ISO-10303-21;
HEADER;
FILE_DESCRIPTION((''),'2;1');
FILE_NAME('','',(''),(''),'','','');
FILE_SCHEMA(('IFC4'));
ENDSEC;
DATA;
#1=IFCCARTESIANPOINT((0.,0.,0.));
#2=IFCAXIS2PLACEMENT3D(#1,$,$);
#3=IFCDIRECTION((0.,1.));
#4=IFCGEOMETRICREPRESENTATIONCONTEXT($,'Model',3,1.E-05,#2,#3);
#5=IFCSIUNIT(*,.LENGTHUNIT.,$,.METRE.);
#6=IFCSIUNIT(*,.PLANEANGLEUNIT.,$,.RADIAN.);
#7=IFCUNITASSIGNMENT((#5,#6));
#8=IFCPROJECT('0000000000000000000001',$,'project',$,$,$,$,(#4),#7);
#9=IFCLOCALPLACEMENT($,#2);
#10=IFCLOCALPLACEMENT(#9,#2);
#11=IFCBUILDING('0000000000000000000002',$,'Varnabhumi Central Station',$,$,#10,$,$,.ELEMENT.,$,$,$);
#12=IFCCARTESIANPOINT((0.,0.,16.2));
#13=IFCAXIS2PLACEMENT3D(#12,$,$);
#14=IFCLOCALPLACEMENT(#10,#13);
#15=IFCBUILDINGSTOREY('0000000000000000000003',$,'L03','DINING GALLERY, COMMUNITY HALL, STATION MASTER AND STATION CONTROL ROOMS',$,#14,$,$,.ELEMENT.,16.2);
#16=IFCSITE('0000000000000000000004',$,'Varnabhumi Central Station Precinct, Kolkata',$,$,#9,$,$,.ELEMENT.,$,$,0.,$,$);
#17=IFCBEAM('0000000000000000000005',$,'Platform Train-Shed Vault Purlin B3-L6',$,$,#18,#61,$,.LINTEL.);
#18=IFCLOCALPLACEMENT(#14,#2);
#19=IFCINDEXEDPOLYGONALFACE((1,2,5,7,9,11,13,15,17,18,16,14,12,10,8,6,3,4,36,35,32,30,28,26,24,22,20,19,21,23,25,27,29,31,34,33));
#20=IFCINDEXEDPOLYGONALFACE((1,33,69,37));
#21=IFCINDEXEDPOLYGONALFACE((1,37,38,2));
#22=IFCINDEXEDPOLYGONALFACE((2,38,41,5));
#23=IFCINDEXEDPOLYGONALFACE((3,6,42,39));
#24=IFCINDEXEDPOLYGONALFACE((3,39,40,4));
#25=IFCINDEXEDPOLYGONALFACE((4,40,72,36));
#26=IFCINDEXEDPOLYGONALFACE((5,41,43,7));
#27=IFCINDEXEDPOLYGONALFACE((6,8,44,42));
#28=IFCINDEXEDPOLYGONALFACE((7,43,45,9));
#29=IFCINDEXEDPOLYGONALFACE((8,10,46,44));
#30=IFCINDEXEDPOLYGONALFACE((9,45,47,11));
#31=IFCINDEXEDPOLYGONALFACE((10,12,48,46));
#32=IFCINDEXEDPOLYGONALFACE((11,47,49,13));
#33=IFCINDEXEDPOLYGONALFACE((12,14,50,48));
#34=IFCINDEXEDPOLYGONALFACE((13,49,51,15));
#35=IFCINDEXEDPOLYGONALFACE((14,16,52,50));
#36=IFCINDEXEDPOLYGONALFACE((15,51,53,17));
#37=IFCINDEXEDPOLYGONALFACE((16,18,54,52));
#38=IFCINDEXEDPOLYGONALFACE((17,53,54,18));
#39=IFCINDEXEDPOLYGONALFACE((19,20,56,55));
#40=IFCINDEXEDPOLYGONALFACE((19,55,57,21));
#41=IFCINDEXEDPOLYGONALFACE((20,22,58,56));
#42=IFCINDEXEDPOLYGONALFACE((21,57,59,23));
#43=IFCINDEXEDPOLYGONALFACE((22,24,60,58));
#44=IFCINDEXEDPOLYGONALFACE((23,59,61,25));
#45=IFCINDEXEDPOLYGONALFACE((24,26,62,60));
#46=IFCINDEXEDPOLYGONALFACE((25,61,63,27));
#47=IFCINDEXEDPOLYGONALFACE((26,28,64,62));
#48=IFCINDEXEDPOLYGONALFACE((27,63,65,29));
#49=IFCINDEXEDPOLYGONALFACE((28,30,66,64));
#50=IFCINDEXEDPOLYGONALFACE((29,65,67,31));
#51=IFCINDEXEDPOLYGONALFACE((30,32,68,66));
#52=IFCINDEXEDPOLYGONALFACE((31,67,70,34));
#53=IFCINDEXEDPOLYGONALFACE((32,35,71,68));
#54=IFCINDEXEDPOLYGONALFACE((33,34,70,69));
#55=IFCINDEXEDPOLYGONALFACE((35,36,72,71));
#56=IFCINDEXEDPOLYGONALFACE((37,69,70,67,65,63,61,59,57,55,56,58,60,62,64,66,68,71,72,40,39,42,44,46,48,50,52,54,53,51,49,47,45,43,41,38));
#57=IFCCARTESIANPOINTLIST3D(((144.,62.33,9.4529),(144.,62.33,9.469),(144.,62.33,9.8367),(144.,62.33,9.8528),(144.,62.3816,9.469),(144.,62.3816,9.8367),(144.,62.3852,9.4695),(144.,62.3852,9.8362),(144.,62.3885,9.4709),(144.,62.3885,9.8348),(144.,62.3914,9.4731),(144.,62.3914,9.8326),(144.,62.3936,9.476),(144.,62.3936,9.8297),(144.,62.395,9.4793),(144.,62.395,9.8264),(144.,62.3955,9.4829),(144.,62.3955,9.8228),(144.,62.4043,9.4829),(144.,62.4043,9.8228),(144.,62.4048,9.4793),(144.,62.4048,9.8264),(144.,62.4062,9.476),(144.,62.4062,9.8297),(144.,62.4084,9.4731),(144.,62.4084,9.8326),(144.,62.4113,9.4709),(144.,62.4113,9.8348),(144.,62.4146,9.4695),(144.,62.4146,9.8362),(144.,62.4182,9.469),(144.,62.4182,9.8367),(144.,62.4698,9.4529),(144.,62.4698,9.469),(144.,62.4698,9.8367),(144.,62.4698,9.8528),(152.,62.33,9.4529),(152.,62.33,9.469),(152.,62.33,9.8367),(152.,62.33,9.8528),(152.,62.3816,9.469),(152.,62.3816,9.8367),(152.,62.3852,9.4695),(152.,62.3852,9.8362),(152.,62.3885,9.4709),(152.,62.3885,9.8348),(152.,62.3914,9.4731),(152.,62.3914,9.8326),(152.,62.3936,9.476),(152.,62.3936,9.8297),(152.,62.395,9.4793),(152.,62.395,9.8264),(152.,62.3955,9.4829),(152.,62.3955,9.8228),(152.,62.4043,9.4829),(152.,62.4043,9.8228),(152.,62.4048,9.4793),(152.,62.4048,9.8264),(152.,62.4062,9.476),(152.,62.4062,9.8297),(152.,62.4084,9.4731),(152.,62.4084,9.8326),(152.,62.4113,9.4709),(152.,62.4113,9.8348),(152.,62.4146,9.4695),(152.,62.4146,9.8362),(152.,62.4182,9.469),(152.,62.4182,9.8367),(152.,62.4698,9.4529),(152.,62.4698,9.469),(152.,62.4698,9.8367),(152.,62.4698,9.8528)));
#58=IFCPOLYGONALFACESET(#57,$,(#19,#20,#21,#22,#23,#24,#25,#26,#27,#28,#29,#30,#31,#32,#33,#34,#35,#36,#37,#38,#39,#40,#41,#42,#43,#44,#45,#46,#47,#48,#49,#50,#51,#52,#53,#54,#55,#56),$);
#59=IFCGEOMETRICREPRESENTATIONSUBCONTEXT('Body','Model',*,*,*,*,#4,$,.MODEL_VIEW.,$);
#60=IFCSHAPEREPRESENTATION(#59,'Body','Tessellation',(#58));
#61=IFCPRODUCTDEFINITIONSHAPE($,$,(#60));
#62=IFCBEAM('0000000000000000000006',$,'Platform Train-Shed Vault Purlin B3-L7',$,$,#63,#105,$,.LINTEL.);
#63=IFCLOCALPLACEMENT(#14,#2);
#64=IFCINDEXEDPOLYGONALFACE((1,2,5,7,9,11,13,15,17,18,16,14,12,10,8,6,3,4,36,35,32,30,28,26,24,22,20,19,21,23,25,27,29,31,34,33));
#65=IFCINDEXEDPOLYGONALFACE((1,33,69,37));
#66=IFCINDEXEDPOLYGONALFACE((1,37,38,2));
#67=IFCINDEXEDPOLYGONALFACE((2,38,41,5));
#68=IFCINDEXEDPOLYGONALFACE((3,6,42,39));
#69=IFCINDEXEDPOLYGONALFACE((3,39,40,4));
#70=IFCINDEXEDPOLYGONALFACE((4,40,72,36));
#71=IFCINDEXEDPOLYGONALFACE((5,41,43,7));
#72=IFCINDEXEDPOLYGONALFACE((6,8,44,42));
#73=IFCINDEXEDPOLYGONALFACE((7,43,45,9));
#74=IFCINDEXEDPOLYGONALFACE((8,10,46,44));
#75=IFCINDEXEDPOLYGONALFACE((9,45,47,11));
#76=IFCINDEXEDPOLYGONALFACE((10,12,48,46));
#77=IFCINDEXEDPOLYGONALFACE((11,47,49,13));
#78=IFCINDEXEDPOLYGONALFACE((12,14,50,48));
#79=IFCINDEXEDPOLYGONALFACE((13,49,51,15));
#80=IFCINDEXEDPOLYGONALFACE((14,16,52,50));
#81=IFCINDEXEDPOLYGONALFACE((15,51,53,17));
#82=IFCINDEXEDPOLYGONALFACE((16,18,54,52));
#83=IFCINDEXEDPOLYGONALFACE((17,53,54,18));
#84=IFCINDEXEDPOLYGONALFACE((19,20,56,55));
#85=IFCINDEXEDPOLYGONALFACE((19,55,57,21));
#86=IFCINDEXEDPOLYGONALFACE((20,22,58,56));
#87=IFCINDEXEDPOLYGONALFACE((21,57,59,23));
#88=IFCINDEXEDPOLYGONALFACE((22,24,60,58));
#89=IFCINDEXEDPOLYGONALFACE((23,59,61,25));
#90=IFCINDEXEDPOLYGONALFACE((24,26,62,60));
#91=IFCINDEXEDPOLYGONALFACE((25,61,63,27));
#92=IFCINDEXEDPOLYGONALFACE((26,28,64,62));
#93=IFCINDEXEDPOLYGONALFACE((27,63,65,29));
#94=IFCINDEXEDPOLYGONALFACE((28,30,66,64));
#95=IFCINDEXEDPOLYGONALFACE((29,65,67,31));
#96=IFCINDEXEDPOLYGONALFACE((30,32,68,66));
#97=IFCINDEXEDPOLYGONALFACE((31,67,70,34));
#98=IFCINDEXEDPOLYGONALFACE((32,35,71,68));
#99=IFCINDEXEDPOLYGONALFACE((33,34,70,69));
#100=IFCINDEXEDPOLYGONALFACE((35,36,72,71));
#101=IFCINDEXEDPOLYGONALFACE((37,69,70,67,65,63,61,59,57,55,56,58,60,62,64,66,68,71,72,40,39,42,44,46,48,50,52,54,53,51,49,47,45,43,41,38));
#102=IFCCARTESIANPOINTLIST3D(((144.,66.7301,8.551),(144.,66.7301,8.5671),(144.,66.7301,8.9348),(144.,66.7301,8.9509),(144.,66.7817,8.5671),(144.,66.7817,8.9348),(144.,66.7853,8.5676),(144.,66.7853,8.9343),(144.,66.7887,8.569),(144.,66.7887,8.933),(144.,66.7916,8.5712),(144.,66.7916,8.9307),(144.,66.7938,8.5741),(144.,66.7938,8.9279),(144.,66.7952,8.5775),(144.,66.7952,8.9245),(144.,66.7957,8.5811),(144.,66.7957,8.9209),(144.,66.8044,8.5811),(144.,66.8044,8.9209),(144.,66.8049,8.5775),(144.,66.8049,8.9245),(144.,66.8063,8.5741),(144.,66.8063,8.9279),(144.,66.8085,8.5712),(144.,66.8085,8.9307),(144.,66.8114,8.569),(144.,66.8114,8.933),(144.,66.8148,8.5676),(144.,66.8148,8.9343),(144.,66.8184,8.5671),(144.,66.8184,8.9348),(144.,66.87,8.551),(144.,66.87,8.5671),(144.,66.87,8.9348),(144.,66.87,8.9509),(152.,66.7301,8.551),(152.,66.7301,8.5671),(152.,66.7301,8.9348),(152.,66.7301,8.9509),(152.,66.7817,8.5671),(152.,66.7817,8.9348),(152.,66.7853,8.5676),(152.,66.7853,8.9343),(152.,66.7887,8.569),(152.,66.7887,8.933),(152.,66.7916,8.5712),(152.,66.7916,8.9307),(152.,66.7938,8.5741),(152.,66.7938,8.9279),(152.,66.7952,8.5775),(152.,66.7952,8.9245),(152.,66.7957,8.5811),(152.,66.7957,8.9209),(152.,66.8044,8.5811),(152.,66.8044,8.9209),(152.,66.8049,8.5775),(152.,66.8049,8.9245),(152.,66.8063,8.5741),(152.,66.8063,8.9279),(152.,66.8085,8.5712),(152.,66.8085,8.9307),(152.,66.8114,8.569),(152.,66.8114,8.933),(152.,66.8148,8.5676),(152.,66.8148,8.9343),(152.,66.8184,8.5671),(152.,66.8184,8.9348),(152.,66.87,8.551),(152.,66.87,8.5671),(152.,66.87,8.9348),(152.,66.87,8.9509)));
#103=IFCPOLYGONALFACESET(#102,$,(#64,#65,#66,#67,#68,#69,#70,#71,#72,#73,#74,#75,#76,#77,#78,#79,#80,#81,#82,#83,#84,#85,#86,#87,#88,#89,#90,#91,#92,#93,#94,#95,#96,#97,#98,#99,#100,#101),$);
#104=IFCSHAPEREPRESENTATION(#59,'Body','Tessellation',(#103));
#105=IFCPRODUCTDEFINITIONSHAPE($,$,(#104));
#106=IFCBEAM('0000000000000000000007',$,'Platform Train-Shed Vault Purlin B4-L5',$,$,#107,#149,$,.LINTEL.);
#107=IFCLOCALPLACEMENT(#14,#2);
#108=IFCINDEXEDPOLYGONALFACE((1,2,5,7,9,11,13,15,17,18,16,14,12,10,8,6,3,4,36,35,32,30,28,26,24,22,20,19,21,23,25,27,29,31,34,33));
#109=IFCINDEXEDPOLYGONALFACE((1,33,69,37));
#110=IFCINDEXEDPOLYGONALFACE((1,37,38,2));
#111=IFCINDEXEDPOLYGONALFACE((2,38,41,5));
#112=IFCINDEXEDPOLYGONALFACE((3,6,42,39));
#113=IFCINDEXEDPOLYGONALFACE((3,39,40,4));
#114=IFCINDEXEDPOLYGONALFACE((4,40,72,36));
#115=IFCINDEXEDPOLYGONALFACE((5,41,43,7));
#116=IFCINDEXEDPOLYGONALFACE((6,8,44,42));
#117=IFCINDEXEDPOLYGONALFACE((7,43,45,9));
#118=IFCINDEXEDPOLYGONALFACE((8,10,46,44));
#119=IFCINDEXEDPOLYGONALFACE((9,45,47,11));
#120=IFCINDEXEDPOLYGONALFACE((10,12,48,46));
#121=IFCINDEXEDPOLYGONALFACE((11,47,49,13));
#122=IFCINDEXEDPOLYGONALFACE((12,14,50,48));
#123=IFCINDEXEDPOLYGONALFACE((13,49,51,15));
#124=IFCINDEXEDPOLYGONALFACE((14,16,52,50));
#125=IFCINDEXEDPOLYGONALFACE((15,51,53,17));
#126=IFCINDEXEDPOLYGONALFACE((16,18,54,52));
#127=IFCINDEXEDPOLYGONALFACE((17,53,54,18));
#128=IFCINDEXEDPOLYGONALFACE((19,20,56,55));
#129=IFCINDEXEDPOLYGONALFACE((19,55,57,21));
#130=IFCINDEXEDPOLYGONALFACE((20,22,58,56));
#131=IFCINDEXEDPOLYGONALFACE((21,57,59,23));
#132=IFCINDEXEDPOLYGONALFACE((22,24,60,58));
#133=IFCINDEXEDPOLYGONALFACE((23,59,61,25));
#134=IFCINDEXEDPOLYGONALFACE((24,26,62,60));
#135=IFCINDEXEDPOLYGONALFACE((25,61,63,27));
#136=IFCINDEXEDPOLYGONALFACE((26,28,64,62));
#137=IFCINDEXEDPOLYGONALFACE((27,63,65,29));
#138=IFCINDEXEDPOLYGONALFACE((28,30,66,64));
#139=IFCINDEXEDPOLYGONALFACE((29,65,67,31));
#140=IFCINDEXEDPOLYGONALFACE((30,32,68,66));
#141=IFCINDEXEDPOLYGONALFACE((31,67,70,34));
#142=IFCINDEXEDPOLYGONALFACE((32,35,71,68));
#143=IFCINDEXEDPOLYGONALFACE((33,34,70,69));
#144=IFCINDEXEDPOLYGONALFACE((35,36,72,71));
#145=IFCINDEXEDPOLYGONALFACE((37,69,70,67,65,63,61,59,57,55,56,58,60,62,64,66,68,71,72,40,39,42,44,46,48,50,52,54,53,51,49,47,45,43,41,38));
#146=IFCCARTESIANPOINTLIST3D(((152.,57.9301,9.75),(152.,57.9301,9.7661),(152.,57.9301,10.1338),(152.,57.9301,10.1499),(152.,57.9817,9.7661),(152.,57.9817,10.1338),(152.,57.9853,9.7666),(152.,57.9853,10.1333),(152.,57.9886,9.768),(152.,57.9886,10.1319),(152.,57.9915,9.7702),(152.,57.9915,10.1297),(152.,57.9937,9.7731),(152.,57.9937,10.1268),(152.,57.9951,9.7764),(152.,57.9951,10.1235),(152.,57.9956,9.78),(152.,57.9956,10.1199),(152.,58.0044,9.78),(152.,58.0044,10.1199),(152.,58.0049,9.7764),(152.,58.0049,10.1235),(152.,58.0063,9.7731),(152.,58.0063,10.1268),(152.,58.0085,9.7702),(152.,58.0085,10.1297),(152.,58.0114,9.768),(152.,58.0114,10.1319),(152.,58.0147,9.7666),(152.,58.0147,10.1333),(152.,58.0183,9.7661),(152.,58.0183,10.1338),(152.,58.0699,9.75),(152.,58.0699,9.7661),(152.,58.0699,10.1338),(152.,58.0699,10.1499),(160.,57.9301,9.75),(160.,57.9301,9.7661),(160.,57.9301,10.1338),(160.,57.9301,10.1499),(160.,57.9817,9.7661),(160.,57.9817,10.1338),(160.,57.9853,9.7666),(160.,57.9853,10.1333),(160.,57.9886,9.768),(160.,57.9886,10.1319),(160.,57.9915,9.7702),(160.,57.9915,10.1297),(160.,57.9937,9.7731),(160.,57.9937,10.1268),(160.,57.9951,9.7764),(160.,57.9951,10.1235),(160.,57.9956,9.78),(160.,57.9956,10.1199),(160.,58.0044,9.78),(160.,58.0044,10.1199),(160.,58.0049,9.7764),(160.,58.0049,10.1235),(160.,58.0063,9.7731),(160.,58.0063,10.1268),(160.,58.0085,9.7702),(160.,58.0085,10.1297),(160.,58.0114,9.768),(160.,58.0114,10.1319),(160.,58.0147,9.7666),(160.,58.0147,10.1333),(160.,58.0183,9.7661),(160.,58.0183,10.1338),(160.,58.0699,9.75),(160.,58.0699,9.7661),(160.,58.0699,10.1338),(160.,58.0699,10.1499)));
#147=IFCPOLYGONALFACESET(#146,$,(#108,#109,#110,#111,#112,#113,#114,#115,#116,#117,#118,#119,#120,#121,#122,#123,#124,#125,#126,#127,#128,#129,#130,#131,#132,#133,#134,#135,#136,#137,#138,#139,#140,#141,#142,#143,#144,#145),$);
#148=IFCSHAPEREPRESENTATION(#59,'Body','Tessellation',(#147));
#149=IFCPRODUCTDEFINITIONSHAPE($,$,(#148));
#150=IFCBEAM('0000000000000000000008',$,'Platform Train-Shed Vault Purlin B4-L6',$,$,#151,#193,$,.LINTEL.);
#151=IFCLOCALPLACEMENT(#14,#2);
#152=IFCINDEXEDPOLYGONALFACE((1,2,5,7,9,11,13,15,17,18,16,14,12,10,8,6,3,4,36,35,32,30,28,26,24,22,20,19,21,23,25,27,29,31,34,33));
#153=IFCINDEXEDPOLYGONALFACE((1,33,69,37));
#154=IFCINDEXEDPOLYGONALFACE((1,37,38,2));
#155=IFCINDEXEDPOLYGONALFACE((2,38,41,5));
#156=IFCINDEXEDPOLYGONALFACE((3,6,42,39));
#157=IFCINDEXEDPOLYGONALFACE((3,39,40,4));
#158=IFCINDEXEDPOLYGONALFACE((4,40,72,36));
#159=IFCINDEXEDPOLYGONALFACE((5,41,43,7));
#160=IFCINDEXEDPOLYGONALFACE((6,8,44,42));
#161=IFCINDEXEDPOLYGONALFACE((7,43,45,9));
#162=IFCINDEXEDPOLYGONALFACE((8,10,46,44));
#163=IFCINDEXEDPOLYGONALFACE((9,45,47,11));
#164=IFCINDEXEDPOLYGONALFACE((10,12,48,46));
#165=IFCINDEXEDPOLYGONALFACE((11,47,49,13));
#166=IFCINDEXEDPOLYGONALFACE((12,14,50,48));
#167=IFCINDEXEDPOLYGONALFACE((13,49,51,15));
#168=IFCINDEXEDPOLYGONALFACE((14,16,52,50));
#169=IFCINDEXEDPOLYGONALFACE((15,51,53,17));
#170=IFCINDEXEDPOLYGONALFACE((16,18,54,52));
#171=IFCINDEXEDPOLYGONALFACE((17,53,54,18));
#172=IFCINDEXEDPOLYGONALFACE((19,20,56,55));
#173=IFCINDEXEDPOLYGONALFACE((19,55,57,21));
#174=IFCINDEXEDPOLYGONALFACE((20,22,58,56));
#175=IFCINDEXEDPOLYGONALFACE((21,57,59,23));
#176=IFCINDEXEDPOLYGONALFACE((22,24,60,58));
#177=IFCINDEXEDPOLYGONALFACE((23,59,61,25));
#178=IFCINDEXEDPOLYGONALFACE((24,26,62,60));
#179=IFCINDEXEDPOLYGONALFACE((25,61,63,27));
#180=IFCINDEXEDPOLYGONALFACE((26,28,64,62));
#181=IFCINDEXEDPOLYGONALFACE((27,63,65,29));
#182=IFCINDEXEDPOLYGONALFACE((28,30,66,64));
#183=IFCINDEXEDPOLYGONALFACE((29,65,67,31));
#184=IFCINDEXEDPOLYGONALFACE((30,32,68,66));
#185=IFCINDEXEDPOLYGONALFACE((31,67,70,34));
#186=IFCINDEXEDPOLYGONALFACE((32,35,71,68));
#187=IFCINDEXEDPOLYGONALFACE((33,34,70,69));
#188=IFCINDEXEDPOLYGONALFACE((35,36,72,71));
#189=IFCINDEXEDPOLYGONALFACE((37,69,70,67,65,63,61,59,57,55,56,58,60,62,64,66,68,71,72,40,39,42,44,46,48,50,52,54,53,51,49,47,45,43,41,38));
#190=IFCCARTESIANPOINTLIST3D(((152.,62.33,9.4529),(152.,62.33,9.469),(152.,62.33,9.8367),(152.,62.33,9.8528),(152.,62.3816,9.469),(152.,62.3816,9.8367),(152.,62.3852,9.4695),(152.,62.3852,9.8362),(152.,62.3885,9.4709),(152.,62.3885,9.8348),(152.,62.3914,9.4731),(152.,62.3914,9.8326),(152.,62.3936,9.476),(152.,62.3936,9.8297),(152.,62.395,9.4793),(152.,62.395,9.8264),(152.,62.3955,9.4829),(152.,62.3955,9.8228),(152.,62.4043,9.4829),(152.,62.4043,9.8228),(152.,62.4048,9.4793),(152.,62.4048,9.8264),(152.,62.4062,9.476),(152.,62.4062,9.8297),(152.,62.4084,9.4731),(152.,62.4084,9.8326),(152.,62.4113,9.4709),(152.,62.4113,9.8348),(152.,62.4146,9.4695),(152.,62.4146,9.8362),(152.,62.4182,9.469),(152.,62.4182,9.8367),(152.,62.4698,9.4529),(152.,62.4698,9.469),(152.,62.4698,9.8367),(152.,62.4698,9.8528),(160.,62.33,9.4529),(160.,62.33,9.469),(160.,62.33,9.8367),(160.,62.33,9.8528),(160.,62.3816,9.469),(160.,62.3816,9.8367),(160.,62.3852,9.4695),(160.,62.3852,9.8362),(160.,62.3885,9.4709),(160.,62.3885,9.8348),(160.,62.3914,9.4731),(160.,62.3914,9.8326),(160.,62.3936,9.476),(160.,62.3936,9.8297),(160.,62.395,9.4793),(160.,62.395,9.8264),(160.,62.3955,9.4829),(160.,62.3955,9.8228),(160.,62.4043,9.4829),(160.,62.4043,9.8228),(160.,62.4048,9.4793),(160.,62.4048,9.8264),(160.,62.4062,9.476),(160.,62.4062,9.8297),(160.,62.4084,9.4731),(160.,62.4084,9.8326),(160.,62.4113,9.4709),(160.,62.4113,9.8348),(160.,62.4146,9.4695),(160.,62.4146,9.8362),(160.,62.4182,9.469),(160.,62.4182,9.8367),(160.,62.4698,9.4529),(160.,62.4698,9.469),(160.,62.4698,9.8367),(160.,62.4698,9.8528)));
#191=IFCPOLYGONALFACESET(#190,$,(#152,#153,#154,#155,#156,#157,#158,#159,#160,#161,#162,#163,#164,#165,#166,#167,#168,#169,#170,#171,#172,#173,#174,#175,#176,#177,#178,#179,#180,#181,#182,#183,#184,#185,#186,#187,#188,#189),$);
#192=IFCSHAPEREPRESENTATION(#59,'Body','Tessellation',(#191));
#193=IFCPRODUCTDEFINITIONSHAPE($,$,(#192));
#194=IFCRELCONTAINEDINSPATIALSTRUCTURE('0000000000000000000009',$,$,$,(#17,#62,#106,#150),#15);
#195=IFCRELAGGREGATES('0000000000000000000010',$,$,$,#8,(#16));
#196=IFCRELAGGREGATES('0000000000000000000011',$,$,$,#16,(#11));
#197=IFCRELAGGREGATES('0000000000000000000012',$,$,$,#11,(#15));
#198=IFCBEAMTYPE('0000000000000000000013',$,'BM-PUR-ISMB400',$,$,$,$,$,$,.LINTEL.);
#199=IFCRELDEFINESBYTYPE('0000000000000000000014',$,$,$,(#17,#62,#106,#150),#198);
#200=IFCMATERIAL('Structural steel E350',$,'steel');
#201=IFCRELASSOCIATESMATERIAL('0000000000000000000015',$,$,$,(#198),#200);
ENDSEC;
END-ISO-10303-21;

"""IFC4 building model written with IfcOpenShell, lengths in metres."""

from ifc_helpers import new_model, si_unit, direction, frame, origin, origin_2d, place, context, subcontext, project, spatial, i_section, extrude, material, material_profile, profile_set, type_object, element, save


model = new_model("IFC4")

# Units and contexts
model_context = context("Model", 3, precision=1e-05, world=origin(), true_north=direction((0.0, 1.0)))
body_context = subcontext(model_context, "Body", "Model", "MODEL_VIEW")
ifc_project = project(units=[si_unit("LENGTHUNIT", "METRE"), si_unit("PLANEANGLEUNIT", "RADIAN")], contexts=[model_context])

# Site, building, storey
site_placement = place(None, origin())
site = spatial("IfcSite", under=ifc_project, at=site_placement, Name="Varnabhumi Central Station Precinct, Kolkata", CompositionType="ELEMENT", RefElevation=0.0)
building_placement = place(site_placement, origin())
building = spatial("IfcBuilding", under=site, at=building_placement, Name="Varnabhumi Central Station", CompositionType="ELEMENT")
storey_placement = place(building_placement, frame((0.0, 0.0, 16.2)))
storey = spatial("IfcBuildingStorey", under=building, at=storey_placement, Name="L03", Description="DINING GALLERY, COMMUNITY HALL, STATION MASTER AND STATION CONTROL ROOMS", CompositionType="ELEMENT", Elevation=16.2)

# Beams
ifc_material_1 = material(Name="Structural steel E350", Category="steel")
ifc_material_profile_1 = material_profile(ifc_material_1, i_section(OverallWidth=0.1399, OverallDepth=0.3999, WebThickness=0.0088, FlangeThickness=0.0161, FilletRadius=0.0139, at=origin_2d()), Name="Structural steel E350", Category="steel")
ifc_profile_set_1 = profile_set([ifc_material_profile_1], Name="Structural steel E350")
beam_type_1 = type_object("IfcBeamType", Name="BM-PUR-ISMB400", PredefinedType="LINTEL", material=ifc_profile_set_1)
for number, where, z_axis, x_axis, name in (
    (1, (144.0, 62.3999, 9.6528), (1.0, 0.0, 0.0), (0.0, 1.0, 0.0), "Platform Train-Shed Vault Purlin B3-L6"),
    (2, (144.0, 66.8, 8.751), (1.0, 0.0, 0.0), (0.0, 1.0, 0.0), "Platform Train-Shed Vault Purlin B3-L7"),
    (3, (152.0, 58.0, 9.95), (1.0, 0.0, 0.0), (0.0, 1.0, 0.0), "Platform Train-Shed Vault Purlin B4-L5"),
    (4, (152.0, 62.3999, 9.6528), (1.0, 0.0, 0.0), (0.0, 1.0, 0.0), "Platform Train-Shed Vault Purlin B4-L6"),
):
    element("IfcBeam", number, at=place(storey_placement, frame(where, z_axis=z_axis, x_axis=x_axis)), inside=storey, type_object=beam_type_1, Name=name, PredefinedType="LINTEL", context=body_context, shape_type="SweptSolid", body=[
        extrude(i_section(OverallWidth=0.1399, OverallDepth=0.3999, WebThickness=0.0088, FlangeThickness=0.0161, FilletRadius=0.0139, at=origin_2d()), origin(), (0.0, 0.0, 1.0), 8.0),
    ])

save(model, "model.ifc")
